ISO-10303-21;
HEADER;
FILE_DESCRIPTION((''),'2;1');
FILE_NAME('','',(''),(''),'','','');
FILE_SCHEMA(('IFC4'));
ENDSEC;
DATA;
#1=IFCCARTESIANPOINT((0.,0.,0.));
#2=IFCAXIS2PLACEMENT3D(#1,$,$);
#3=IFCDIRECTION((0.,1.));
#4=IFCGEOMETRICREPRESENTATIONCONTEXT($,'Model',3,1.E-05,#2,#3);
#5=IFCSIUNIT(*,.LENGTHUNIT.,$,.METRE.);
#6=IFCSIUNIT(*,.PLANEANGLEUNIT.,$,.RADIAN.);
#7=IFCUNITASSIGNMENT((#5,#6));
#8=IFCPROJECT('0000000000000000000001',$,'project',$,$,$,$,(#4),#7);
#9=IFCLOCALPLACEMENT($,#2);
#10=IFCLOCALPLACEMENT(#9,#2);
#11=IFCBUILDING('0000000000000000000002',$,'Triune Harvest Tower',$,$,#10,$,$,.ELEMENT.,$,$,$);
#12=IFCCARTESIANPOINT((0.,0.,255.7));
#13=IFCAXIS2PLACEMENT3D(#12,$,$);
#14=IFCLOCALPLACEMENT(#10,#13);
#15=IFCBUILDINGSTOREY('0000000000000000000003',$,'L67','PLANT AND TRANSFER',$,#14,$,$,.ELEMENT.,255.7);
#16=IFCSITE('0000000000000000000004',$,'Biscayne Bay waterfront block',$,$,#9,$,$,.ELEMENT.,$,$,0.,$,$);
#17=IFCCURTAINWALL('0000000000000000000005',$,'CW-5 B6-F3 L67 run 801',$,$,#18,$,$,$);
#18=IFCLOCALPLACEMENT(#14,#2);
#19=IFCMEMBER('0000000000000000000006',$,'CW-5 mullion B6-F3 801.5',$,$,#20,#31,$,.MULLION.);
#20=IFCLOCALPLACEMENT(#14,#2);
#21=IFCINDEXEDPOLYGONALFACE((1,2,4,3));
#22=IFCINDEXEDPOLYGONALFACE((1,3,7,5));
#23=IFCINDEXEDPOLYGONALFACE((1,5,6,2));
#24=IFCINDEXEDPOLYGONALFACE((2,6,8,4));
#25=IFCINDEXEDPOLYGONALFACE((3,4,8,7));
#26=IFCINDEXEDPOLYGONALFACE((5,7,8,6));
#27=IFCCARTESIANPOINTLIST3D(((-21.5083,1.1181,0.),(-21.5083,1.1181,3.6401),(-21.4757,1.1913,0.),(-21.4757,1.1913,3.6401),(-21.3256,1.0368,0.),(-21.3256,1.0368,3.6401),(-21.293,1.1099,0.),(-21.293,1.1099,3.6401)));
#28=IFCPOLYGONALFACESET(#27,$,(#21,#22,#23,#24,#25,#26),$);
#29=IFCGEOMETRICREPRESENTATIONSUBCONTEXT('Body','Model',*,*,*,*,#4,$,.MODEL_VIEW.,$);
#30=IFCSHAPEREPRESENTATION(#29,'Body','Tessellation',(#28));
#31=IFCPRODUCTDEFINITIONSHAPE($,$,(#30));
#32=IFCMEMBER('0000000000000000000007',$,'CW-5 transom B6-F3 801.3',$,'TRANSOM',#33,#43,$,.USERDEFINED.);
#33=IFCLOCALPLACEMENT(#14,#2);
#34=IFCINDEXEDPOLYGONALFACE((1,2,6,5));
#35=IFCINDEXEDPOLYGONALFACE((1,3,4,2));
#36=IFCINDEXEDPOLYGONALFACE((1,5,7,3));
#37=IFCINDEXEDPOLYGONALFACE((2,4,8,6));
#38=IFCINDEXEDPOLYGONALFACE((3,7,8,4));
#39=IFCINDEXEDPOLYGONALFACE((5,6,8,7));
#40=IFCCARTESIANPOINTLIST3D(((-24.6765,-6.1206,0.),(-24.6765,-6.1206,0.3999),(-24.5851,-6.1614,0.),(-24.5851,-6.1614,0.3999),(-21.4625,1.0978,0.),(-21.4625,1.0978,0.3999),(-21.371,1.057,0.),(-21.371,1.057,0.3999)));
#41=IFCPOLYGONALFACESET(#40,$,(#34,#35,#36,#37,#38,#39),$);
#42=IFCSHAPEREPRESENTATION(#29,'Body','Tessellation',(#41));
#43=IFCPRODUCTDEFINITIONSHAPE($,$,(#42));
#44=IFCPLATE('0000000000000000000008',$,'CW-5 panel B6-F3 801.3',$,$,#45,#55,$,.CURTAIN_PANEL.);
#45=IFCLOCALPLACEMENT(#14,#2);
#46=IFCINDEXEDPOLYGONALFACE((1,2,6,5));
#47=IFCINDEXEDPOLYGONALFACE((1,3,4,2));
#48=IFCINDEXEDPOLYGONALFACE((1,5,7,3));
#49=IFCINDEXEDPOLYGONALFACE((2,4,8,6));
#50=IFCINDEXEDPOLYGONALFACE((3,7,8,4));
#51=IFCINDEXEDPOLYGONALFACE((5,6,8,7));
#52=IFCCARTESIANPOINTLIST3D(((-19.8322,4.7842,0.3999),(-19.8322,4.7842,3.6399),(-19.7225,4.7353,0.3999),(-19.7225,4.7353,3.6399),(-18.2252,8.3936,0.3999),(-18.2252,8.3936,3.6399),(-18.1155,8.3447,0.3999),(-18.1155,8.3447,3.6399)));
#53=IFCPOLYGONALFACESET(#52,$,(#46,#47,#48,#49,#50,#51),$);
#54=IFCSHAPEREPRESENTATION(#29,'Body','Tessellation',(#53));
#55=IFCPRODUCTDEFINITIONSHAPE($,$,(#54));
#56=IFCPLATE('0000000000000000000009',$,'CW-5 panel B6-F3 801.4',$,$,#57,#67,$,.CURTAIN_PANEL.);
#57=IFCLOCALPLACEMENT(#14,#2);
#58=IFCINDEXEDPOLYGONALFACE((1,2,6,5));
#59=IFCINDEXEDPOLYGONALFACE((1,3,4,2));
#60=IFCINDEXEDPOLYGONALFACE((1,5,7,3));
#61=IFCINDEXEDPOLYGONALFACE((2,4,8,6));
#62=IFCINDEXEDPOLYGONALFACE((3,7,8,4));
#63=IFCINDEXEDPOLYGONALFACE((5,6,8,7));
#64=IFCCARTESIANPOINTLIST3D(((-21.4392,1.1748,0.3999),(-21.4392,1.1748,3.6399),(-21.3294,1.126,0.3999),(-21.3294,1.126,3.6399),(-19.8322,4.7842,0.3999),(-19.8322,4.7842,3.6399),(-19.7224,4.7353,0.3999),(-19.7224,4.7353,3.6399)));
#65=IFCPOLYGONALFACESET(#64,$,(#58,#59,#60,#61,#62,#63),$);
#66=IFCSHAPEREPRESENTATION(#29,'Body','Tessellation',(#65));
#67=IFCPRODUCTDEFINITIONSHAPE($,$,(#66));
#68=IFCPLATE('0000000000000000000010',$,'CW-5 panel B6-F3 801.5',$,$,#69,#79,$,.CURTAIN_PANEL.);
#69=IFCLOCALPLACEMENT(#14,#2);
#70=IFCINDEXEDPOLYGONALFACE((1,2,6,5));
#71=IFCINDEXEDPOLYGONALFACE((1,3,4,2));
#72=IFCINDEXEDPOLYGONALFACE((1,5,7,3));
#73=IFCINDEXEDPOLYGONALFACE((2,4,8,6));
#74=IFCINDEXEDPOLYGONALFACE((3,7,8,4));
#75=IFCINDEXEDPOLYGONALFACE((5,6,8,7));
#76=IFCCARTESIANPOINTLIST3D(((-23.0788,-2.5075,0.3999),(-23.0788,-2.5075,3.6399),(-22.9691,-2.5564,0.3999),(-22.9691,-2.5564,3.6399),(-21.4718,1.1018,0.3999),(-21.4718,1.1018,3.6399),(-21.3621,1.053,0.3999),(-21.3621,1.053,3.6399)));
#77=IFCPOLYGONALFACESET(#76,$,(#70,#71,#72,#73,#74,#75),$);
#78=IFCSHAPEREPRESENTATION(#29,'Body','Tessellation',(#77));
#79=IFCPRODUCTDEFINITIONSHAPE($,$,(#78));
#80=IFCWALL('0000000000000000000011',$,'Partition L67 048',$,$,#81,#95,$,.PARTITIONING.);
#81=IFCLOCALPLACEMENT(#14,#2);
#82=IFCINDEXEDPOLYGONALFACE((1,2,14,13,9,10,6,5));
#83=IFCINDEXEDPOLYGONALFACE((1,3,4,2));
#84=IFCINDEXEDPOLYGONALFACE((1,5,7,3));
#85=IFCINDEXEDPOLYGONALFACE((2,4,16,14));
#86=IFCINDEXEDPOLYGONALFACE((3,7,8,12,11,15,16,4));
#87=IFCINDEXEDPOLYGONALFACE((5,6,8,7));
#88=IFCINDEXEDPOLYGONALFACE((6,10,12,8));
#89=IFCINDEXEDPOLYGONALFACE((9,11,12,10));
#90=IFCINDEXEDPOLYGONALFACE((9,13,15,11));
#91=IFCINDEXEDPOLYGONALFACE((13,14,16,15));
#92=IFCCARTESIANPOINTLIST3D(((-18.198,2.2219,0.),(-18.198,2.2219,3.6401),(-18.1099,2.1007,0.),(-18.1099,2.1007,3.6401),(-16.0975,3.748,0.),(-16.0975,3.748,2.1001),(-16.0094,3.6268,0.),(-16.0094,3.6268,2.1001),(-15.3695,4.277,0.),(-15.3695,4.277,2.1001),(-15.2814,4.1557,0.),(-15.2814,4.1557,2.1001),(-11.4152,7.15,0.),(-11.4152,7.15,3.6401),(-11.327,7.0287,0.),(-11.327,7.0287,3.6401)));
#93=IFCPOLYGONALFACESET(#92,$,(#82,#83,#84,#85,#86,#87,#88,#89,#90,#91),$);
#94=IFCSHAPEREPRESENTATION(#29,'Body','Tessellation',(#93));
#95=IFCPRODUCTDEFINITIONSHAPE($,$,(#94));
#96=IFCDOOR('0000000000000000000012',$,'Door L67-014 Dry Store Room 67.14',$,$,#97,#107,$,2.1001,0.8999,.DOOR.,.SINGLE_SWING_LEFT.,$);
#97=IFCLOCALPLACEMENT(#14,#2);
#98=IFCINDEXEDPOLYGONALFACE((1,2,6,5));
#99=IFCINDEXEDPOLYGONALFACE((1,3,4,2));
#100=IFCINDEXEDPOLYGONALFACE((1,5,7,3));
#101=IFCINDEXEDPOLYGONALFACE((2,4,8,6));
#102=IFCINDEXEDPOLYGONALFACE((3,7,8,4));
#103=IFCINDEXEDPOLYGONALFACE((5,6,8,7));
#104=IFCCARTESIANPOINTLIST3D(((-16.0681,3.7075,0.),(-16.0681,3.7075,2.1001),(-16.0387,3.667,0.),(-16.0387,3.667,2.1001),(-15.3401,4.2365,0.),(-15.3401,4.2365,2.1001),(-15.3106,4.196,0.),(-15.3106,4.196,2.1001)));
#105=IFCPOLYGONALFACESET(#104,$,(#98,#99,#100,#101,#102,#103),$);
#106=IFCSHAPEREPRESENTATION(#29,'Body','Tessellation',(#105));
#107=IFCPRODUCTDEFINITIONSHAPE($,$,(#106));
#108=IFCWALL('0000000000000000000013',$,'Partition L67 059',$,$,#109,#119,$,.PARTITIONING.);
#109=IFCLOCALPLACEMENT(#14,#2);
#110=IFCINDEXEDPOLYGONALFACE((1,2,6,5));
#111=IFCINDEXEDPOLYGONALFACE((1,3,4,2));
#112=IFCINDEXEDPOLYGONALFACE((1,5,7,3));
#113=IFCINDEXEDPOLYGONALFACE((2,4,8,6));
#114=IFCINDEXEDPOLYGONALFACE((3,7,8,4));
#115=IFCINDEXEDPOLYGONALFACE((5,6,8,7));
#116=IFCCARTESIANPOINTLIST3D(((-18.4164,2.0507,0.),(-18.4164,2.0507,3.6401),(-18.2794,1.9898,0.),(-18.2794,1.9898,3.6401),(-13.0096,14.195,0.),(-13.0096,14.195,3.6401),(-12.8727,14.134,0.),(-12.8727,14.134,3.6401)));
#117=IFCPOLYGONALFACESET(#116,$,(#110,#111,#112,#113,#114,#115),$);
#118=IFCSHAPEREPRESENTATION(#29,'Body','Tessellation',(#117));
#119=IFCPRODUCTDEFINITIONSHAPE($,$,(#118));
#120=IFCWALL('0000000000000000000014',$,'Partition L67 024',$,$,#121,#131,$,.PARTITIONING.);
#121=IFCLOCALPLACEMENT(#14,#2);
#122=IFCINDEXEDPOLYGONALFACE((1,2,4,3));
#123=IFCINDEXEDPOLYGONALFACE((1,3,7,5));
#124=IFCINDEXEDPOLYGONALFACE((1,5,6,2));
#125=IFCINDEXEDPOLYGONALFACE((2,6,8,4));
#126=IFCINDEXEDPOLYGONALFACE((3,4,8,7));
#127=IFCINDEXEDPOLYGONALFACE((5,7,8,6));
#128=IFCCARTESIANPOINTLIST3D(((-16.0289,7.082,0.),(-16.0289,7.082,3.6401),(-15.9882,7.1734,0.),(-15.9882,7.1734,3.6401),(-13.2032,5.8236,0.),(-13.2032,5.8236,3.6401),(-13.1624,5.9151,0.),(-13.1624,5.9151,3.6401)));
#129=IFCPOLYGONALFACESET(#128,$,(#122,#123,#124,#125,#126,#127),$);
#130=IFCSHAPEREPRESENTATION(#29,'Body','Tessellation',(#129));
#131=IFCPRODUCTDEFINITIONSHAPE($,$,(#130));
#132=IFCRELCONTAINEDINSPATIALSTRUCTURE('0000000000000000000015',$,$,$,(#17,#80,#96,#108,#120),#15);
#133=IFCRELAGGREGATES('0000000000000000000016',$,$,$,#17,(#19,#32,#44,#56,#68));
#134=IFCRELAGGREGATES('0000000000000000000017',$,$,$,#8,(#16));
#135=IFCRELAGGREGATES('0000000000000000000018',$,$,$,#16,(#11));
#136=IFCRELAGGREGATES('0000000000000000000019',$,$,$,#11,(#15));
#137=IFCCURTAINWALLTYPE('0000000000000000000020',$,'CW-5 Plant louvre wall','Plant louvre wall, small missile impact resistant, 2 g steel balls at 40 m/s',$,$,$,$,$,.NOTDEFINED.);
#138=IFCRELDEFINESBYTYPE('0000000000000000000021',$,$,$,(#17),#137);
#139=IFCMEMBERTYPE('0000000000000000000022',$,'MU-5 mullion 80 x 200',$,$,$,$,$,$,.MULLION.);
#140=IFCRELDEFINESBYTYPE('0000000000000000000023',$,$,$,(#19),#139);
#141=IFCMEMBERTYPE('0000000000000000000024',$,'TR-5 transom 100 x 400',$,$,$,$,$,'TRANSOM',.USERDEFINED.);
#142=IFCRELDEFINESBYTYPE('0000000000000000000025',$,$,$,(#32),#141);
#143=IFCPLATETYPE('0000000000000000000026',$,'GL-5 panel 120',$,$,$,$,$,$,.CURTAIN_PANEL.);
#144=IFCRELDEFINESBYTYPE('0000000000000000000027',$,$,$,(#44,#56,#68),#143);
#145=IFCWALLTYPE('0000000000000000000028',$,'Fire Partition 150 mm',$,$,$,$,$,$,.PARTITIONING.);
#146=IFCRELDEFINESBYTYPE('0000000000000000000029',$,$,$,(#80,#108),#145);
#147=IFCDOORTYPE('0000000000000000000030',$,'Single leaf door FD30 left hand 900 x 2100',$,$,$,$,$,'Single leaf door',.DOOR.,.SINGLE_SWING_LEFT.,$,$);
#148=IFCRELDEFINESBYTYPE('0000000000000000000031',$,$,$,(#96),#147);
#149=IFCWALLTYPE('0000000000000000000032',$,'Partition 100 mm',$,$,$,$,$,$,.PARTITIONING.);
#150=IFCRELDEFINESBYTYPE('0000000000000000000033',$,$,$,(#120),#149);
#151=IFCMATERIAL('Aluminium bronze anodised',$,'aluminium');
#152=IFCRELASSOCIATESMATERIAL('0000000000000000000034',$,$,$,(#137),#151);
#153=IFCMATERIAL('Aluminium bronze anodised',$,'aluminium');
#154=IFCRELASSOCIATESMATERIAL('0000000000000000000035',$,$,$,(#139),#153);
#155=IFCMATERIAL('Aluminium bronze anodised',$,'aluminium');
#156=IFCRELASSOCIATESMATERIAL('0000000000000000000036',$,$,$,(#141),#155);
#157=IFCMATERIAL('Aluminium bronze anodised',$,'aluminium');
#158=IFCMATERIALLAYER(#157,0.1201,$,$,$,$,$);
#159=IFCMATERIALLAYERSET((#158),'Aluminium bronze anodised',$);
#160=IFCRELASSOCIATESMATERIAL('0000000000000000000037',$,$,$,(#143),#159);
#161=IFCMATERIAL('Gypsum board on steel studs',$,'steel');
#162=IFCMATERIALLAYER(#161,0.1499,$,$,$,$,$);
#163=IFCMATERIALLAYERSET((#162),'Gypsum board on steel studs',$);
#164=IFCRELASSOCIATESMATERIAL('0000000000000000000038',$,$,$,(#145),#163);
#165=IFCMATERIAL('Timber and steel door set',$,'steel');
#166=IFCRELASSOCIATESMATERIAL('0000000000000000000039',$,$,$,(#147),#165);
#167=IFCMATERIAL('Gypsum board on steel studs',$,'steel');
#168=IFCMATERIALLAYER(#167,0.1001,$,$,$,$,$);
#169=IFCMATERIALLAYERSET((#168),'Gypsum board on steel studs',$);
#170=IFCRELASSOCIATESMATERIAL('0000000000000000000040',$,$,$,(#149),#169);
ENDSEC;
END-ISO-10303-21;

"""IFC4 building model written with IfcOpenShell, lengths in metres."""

from ifc_helpers import new_model, si_unit, direction, frame, frame_2d, origin, origin_2d, place, context, subcontext, project, spatial, rectangle, extrude, source, transform, mapped, material, layer, layer_set, material_profile, profile_set, type_object, element, fill, aggregate, save


model = new_model("IFC4")

# Units and contexts
model_context = context("Model", 3, precision=1e-05, world=origin(), true_north=direction((0.0, 1.0)))
body_context = subcontext(model_context, "Body", "Model", "MODEL_VIEW")
ifc_project = project(units=[si_unit("LENGTHUNIT", "METRE"), si_unit("PLANEANGLEUNIT", "RADIAN")], contexts=[model_context])

# Site, building, storey
site_placement = place(None, origin())
site = spatial("IfcSite", under=ifc_project, at=site_placement, Name="Biscayne Bay waterfront block", CompositionType="ELEMENT", RefElevation=0.0)
building_placement = place(site_placement, origin())
building = spatial("IfcBuilding", under=site, at=building_placement, Name="Triune Harvest Tower", CompositionType="ELEMENT")
storey_placement = place(building_placement, frame((0.0, 0.0, 255.7)))
storey = spatial("IfcBuildingStorey", under=building, at=storey_placement, Name="L67", Description="PLANT AND TRANSFER", CompositionType="ELEMENT", Elevation=255.7)

# Curtain wall, members, plates
ifc_material_1 = material(Name="Aluminium bronze anodised", Category="aluminium")
curtain_wall_type = type_object("IfcCurtainWallType", Name="CW-5 Plant louvre wall", Description="Plant louvre wall, small missile impact resistant, 2 g steel balls at 40 m/s", PredefinedType="NOTDEFINED", material=ifc_material_1)
curtain_wall_placement = place(storey_placement, origin())
curtain_wall = element("IfcCurtainWall", 1, at=curtain_wall_placement, inside=storey, type_object=curtain_wall_type, Name="CW-5 B6-F3 L67 run 801")
ifc_material_2 = material(Name="Aluminium bronze anodised", Category="aluminium")
ifc_material_profile_1 = material_profile(ifc_material_2, rectangle(XDim=0.2, YDim=0.0801, at=origin_2d()), Name="MU-5 mullion 80 x 200")
ifc_profile_set_1 = profile_set([ifc_material_profile_1], Name="Aluminium bronze anodised")
member_type_1 = type_object("IfcMemberType", Name="MU-5 mullion 80 x 200", PredefinedType="MULLION", material=ifc_profile_set_1)
shared_shape_1 = source(origin(), body_context, "Body", "SweptSolid", [
    extrude(rectangle(XDim=0.2, YDim=0.0801, at=origin_2d()), origin(), (0.0, 0.0, 1.0), 3.6401),
])
member_1_placement = place(storey_placement, frame((-21.4006, 1.114, 0.0), z_axis=(0.0, 0.0, 1.0), x_axis=(0.913545, -0.406738, 0.0)))
member_1 = element("IfcMember", 2, at=member_1_placement, type_object=member_type_1, Name="CW-5 mullion B6-F3 801.5", PredefinedType="MULLION", context=body_context, shape_type="MappedRepresentation", body=[
    mapped(shared_shape_1, transform((0.0, 0.0, 0.0), scale=1.0)),
])
ifc_material_3 = material(Name="Aluminium bronze anodised", Category="aluminium")
ifc_material_profile_2 = material_profile(ifc_material_3, rectangle(XDim=0.1001, YDim=0.3999, at=origin_2d()), Name="TR-5 transom 100 x 400")
ifc_profile_set_2 = profile_set([ifc_material_profile_2], Name="Aluminium bronze anodised")
member_type_2 = type_object("IfcMemberType", Name="TR-5 transom 100 x 400", ElementType="TRANSOM", PredefinedType="USERDEFINED", material=ifc_profile_set_2)
shared_shape_2 = source(origin(), body_context, "Body", "SweptSolid", [
    extrude(rectangle(XDim=0.1001, YDim=0.3999, at=origin_2d()), origin(), (0.0, 0.0, 1.0), 7.9016),
])
member_2_placement = place(storey_placement, frame((-21.4167, 1.0774, 0.2), z_axis=(-0.40676, -0.913535, 0.0), x_axis=(0.913535, -0.40676, 0.0)))
member_2 = element("IfcMember", 3, at=member_2_placement, type_object=member_type_2, Name="CW-5 transom B6-F3 801.3", ObjectType="TRANSOM", PredefinedType="USERDEFINED", context=body_context, shape_type="MappedRepresentation", body=[
    mapped(shared_shape_2, transform((0.0, 0.0, 0.0), scale=1.0)),
])
ifc_material_4 = material(Name="Aluminium bronze anodised", Category="aluminium")
ifc_layer_1 = layer(ifc_material_4, 0.1201)
ifc_layer_set_1 = layer_set([ifc_layer_1], Name="Aluminium bronze anodised")
plate_type = type_object("IfcPlateType", Name="GL-5 panel 120", PredefinedType="CURTAIN_PANEL", material=ifc_layer_set_1)
shared_shape_3 = source(origin(), body_context, "Body", "SweptSolid", [
    extrude(rectangle(XDim=3.9509, YDim=0.1201, at=origin_2d()), origin(), (0.0, 0.0, 1.0), 3.24),
])
plate_1_placement = place(storey_placement, frame((-18.9739, 6.5645, 0.3999), z_axis=(0.0, 0.0, 1.0), x_axis=(-0.406738, -0.913545, 0.0)))
plate_1 = element("IfcPlate", 4, at=plate_1_placement, type_object=plate_type, Name="CW-5 panel B6-F3 801.3", PredefinedType="CURTAIN_PANEL", context=body_context, shape_type="MappedRepresentation", body=[
    mapped(shared_shape_3, transform((0.0, 0.0, 0.0), scale=1.0)),
])
plate_2_placement = place(storey_placement, frame((-20.5808, 2.9551, 0.3999), z_axis=(0.0, 0.0, 1.0), x_axis=(-0.406738, -0.913545, 0.0)))
plate_2 = element("IfcPlate", 5, at=plate_2_placement, type_object=plate_type, Name="CW-5 panel B6-F3 801.4", PredefinedType="CURTAIN_PANEL", context=body_context, shape_type="MappedRepresentation", body=[
    mapped(shared_shape_3, transform((0.0, 0.0, 0.0), scale=1.0)),
])
plate_3_placement = place(storey_placement, frame((-22.2205, -0.7273, 0.3999), z_axis=(0.0, 0.0, 1.0), x_axis=(-0.406738, -0.913545, 0.0)))
plate_3 = element("IfcPlate", 6, at=plate_3_placement, type_object=plate_type, Name="CW-5 panel B6-F3 801.5", PredefinedType="CURTAIN_PANEL", context=body_context, shape_type="MappedRepresentation", body=[
    mapped(shared_shape_3, transform((0.0, 0.0, 0.0), scale=1.0)),
])
aggregate(curtain_wall, [member_1, member_2, plate_1, plate_2, plate_3])

# Wall, opening, door
ifc_material_5 = material(Name="Gypsum board on steel studs", Category="steel")
ifc_layer_2 = layer(ifc_material_5, 0.1499)
ifc_layer_set_2 = layer_set([ifc_layer_2], Name="Gypsum board on steel studs")
wall_type_1 = type_object("IfcWallType", Name="Fire Partition 150 mm", PredefinedType="PARTITIONING", material=ifc_layer_set_2)
wall_1_placement = place(storey_placement, frame((-18.1538, 2.1614, 0.0), z_axis=(0.0, 0.0, 1.0), x_axis=(0.809014, 0.587789, 0.0)))
wall_1 = element("IfcWall", 7, at=wall_1_placement, inside=storey, type_object=wall_type_1, Name="Partition L67 048", PredefinedType="PARTITIONING", context=body_context, shape_type="SweptSolid", body=[
    extrude(rectangle(XDim=8.384, YDim=0.1499, at=frame_2d((4.1919, 0.0))), origin(), (0.0, 0.0, 1.0), 3.6401),
])
opening_placement = place(wall_1_placement, frame((2.5962, 0.0, 0.0)))
opening = element("IfcOpeningElement", 8, at=opening_placement, cuts=wall_1, PredefinedType="OPENING", context=body_context, shape_type="SweptSolid", body=[
    extrude(rectangle(XDim=0.8999, YDim=2.1001, at=frame_2d((0.45, 1.05))), frame((0.0, 0.085, 0.0), z_axis=(0.0, -1.0, 0.0), x_axis=(1.0, 0.0, 0.0)), (0.0, 0.0, 1.0), 0.1699),
])
ifc_material_6 = material(Name="Timber and steel door set", Category="steel")
door_type = type_object("IfcDoorType", Name="Single leaf door FD30 left hand 900 x 2100", ElementType="Single leaf door", OperationType="SINGLE_SWING_LEFT", PredefinedType="DOOR", material=ifc_material_6)
door_placement = place(opening_placement, origin())
door = element("IfcDoor", 9, at=door_placement, inside=storey, type_object=door_type, Name="Door L67-014 Dry Store Room 67.14", OperationType="SINGLE_SWING_LEFT", OverallHeight=2.1001, OverallWidth=0.8999, PredefinedType="DOOR", context=body_context, shape_type="SweptSolid", body=[
    extrude(rectangle(XDim=0.8999, YDim=2.1001, at=frame_2d((0.45, 1.05))), frame((0.0, 0.0249, 0.0), z_axis=(0.0, -1.0, 0.0), x_axis=(1.0, 0.0, 0.0)), (0.0, 0.0, 1.0), 0.05),
])
fill(opening, door)

# Walls
wall_2_placement = place(storey_placement, frame((-18.3479, 2.0203, 0.0), z_axis=(0.0, 0.0, 1.0), x_axis=(0.406721, 0.913552, 0.0)))
element("IfcWall", 10, at=wall_2_placement, inside=storey, type_object=wall_type_1, Name="Partition L67 059", PredefinedType="PARTITIONING", context=body_context, shape_type="SweptSolid", body=[
    extrude(rectangle(XDim=13.2935, YDim=0.1499, at=frame_2d((6.6467, 0.0))), origin(), (0.0, 0.0, 1.0), 3.6401),
])
ifc_material_7 = material(Name="Gypsum board on steel studs", Category="steel")
ifc_layer_3 = layer(ifc_material_7, 0.1001)
ifc_layer_set_3 = layer_set([ifc_layer_3], Name="Gypsum board on steel studs")
wall_type_2 = type_object("IfcWallType", Name="Partition 100 mm", PredefinedType="PARTITIONING", material=ifc_layer_set_3)
wall_3_placement = place(storey_placement, frame((-16.0085, 7.1277, 0.0), z_axis=(0.0, 0.0, 1.0), x_axis=(0.913518, -0.406797, 0.0)))
element("IfcWall", 11, at=wall_3_placement, inside=storey, type_object=wall_type_2, Name="Partition L67 024", PredefinedType="PARTITIONING", context=body_context, shape_type="SweptSolid", body=[
    extrude(rectangle(XDim=3.0933, YDim=0.1001, at=frame_2d((1.5466, 0.0))), origin(), (0.0, 0.0, 1.0), 3.6401),
])

save(model, "model.ifc")
